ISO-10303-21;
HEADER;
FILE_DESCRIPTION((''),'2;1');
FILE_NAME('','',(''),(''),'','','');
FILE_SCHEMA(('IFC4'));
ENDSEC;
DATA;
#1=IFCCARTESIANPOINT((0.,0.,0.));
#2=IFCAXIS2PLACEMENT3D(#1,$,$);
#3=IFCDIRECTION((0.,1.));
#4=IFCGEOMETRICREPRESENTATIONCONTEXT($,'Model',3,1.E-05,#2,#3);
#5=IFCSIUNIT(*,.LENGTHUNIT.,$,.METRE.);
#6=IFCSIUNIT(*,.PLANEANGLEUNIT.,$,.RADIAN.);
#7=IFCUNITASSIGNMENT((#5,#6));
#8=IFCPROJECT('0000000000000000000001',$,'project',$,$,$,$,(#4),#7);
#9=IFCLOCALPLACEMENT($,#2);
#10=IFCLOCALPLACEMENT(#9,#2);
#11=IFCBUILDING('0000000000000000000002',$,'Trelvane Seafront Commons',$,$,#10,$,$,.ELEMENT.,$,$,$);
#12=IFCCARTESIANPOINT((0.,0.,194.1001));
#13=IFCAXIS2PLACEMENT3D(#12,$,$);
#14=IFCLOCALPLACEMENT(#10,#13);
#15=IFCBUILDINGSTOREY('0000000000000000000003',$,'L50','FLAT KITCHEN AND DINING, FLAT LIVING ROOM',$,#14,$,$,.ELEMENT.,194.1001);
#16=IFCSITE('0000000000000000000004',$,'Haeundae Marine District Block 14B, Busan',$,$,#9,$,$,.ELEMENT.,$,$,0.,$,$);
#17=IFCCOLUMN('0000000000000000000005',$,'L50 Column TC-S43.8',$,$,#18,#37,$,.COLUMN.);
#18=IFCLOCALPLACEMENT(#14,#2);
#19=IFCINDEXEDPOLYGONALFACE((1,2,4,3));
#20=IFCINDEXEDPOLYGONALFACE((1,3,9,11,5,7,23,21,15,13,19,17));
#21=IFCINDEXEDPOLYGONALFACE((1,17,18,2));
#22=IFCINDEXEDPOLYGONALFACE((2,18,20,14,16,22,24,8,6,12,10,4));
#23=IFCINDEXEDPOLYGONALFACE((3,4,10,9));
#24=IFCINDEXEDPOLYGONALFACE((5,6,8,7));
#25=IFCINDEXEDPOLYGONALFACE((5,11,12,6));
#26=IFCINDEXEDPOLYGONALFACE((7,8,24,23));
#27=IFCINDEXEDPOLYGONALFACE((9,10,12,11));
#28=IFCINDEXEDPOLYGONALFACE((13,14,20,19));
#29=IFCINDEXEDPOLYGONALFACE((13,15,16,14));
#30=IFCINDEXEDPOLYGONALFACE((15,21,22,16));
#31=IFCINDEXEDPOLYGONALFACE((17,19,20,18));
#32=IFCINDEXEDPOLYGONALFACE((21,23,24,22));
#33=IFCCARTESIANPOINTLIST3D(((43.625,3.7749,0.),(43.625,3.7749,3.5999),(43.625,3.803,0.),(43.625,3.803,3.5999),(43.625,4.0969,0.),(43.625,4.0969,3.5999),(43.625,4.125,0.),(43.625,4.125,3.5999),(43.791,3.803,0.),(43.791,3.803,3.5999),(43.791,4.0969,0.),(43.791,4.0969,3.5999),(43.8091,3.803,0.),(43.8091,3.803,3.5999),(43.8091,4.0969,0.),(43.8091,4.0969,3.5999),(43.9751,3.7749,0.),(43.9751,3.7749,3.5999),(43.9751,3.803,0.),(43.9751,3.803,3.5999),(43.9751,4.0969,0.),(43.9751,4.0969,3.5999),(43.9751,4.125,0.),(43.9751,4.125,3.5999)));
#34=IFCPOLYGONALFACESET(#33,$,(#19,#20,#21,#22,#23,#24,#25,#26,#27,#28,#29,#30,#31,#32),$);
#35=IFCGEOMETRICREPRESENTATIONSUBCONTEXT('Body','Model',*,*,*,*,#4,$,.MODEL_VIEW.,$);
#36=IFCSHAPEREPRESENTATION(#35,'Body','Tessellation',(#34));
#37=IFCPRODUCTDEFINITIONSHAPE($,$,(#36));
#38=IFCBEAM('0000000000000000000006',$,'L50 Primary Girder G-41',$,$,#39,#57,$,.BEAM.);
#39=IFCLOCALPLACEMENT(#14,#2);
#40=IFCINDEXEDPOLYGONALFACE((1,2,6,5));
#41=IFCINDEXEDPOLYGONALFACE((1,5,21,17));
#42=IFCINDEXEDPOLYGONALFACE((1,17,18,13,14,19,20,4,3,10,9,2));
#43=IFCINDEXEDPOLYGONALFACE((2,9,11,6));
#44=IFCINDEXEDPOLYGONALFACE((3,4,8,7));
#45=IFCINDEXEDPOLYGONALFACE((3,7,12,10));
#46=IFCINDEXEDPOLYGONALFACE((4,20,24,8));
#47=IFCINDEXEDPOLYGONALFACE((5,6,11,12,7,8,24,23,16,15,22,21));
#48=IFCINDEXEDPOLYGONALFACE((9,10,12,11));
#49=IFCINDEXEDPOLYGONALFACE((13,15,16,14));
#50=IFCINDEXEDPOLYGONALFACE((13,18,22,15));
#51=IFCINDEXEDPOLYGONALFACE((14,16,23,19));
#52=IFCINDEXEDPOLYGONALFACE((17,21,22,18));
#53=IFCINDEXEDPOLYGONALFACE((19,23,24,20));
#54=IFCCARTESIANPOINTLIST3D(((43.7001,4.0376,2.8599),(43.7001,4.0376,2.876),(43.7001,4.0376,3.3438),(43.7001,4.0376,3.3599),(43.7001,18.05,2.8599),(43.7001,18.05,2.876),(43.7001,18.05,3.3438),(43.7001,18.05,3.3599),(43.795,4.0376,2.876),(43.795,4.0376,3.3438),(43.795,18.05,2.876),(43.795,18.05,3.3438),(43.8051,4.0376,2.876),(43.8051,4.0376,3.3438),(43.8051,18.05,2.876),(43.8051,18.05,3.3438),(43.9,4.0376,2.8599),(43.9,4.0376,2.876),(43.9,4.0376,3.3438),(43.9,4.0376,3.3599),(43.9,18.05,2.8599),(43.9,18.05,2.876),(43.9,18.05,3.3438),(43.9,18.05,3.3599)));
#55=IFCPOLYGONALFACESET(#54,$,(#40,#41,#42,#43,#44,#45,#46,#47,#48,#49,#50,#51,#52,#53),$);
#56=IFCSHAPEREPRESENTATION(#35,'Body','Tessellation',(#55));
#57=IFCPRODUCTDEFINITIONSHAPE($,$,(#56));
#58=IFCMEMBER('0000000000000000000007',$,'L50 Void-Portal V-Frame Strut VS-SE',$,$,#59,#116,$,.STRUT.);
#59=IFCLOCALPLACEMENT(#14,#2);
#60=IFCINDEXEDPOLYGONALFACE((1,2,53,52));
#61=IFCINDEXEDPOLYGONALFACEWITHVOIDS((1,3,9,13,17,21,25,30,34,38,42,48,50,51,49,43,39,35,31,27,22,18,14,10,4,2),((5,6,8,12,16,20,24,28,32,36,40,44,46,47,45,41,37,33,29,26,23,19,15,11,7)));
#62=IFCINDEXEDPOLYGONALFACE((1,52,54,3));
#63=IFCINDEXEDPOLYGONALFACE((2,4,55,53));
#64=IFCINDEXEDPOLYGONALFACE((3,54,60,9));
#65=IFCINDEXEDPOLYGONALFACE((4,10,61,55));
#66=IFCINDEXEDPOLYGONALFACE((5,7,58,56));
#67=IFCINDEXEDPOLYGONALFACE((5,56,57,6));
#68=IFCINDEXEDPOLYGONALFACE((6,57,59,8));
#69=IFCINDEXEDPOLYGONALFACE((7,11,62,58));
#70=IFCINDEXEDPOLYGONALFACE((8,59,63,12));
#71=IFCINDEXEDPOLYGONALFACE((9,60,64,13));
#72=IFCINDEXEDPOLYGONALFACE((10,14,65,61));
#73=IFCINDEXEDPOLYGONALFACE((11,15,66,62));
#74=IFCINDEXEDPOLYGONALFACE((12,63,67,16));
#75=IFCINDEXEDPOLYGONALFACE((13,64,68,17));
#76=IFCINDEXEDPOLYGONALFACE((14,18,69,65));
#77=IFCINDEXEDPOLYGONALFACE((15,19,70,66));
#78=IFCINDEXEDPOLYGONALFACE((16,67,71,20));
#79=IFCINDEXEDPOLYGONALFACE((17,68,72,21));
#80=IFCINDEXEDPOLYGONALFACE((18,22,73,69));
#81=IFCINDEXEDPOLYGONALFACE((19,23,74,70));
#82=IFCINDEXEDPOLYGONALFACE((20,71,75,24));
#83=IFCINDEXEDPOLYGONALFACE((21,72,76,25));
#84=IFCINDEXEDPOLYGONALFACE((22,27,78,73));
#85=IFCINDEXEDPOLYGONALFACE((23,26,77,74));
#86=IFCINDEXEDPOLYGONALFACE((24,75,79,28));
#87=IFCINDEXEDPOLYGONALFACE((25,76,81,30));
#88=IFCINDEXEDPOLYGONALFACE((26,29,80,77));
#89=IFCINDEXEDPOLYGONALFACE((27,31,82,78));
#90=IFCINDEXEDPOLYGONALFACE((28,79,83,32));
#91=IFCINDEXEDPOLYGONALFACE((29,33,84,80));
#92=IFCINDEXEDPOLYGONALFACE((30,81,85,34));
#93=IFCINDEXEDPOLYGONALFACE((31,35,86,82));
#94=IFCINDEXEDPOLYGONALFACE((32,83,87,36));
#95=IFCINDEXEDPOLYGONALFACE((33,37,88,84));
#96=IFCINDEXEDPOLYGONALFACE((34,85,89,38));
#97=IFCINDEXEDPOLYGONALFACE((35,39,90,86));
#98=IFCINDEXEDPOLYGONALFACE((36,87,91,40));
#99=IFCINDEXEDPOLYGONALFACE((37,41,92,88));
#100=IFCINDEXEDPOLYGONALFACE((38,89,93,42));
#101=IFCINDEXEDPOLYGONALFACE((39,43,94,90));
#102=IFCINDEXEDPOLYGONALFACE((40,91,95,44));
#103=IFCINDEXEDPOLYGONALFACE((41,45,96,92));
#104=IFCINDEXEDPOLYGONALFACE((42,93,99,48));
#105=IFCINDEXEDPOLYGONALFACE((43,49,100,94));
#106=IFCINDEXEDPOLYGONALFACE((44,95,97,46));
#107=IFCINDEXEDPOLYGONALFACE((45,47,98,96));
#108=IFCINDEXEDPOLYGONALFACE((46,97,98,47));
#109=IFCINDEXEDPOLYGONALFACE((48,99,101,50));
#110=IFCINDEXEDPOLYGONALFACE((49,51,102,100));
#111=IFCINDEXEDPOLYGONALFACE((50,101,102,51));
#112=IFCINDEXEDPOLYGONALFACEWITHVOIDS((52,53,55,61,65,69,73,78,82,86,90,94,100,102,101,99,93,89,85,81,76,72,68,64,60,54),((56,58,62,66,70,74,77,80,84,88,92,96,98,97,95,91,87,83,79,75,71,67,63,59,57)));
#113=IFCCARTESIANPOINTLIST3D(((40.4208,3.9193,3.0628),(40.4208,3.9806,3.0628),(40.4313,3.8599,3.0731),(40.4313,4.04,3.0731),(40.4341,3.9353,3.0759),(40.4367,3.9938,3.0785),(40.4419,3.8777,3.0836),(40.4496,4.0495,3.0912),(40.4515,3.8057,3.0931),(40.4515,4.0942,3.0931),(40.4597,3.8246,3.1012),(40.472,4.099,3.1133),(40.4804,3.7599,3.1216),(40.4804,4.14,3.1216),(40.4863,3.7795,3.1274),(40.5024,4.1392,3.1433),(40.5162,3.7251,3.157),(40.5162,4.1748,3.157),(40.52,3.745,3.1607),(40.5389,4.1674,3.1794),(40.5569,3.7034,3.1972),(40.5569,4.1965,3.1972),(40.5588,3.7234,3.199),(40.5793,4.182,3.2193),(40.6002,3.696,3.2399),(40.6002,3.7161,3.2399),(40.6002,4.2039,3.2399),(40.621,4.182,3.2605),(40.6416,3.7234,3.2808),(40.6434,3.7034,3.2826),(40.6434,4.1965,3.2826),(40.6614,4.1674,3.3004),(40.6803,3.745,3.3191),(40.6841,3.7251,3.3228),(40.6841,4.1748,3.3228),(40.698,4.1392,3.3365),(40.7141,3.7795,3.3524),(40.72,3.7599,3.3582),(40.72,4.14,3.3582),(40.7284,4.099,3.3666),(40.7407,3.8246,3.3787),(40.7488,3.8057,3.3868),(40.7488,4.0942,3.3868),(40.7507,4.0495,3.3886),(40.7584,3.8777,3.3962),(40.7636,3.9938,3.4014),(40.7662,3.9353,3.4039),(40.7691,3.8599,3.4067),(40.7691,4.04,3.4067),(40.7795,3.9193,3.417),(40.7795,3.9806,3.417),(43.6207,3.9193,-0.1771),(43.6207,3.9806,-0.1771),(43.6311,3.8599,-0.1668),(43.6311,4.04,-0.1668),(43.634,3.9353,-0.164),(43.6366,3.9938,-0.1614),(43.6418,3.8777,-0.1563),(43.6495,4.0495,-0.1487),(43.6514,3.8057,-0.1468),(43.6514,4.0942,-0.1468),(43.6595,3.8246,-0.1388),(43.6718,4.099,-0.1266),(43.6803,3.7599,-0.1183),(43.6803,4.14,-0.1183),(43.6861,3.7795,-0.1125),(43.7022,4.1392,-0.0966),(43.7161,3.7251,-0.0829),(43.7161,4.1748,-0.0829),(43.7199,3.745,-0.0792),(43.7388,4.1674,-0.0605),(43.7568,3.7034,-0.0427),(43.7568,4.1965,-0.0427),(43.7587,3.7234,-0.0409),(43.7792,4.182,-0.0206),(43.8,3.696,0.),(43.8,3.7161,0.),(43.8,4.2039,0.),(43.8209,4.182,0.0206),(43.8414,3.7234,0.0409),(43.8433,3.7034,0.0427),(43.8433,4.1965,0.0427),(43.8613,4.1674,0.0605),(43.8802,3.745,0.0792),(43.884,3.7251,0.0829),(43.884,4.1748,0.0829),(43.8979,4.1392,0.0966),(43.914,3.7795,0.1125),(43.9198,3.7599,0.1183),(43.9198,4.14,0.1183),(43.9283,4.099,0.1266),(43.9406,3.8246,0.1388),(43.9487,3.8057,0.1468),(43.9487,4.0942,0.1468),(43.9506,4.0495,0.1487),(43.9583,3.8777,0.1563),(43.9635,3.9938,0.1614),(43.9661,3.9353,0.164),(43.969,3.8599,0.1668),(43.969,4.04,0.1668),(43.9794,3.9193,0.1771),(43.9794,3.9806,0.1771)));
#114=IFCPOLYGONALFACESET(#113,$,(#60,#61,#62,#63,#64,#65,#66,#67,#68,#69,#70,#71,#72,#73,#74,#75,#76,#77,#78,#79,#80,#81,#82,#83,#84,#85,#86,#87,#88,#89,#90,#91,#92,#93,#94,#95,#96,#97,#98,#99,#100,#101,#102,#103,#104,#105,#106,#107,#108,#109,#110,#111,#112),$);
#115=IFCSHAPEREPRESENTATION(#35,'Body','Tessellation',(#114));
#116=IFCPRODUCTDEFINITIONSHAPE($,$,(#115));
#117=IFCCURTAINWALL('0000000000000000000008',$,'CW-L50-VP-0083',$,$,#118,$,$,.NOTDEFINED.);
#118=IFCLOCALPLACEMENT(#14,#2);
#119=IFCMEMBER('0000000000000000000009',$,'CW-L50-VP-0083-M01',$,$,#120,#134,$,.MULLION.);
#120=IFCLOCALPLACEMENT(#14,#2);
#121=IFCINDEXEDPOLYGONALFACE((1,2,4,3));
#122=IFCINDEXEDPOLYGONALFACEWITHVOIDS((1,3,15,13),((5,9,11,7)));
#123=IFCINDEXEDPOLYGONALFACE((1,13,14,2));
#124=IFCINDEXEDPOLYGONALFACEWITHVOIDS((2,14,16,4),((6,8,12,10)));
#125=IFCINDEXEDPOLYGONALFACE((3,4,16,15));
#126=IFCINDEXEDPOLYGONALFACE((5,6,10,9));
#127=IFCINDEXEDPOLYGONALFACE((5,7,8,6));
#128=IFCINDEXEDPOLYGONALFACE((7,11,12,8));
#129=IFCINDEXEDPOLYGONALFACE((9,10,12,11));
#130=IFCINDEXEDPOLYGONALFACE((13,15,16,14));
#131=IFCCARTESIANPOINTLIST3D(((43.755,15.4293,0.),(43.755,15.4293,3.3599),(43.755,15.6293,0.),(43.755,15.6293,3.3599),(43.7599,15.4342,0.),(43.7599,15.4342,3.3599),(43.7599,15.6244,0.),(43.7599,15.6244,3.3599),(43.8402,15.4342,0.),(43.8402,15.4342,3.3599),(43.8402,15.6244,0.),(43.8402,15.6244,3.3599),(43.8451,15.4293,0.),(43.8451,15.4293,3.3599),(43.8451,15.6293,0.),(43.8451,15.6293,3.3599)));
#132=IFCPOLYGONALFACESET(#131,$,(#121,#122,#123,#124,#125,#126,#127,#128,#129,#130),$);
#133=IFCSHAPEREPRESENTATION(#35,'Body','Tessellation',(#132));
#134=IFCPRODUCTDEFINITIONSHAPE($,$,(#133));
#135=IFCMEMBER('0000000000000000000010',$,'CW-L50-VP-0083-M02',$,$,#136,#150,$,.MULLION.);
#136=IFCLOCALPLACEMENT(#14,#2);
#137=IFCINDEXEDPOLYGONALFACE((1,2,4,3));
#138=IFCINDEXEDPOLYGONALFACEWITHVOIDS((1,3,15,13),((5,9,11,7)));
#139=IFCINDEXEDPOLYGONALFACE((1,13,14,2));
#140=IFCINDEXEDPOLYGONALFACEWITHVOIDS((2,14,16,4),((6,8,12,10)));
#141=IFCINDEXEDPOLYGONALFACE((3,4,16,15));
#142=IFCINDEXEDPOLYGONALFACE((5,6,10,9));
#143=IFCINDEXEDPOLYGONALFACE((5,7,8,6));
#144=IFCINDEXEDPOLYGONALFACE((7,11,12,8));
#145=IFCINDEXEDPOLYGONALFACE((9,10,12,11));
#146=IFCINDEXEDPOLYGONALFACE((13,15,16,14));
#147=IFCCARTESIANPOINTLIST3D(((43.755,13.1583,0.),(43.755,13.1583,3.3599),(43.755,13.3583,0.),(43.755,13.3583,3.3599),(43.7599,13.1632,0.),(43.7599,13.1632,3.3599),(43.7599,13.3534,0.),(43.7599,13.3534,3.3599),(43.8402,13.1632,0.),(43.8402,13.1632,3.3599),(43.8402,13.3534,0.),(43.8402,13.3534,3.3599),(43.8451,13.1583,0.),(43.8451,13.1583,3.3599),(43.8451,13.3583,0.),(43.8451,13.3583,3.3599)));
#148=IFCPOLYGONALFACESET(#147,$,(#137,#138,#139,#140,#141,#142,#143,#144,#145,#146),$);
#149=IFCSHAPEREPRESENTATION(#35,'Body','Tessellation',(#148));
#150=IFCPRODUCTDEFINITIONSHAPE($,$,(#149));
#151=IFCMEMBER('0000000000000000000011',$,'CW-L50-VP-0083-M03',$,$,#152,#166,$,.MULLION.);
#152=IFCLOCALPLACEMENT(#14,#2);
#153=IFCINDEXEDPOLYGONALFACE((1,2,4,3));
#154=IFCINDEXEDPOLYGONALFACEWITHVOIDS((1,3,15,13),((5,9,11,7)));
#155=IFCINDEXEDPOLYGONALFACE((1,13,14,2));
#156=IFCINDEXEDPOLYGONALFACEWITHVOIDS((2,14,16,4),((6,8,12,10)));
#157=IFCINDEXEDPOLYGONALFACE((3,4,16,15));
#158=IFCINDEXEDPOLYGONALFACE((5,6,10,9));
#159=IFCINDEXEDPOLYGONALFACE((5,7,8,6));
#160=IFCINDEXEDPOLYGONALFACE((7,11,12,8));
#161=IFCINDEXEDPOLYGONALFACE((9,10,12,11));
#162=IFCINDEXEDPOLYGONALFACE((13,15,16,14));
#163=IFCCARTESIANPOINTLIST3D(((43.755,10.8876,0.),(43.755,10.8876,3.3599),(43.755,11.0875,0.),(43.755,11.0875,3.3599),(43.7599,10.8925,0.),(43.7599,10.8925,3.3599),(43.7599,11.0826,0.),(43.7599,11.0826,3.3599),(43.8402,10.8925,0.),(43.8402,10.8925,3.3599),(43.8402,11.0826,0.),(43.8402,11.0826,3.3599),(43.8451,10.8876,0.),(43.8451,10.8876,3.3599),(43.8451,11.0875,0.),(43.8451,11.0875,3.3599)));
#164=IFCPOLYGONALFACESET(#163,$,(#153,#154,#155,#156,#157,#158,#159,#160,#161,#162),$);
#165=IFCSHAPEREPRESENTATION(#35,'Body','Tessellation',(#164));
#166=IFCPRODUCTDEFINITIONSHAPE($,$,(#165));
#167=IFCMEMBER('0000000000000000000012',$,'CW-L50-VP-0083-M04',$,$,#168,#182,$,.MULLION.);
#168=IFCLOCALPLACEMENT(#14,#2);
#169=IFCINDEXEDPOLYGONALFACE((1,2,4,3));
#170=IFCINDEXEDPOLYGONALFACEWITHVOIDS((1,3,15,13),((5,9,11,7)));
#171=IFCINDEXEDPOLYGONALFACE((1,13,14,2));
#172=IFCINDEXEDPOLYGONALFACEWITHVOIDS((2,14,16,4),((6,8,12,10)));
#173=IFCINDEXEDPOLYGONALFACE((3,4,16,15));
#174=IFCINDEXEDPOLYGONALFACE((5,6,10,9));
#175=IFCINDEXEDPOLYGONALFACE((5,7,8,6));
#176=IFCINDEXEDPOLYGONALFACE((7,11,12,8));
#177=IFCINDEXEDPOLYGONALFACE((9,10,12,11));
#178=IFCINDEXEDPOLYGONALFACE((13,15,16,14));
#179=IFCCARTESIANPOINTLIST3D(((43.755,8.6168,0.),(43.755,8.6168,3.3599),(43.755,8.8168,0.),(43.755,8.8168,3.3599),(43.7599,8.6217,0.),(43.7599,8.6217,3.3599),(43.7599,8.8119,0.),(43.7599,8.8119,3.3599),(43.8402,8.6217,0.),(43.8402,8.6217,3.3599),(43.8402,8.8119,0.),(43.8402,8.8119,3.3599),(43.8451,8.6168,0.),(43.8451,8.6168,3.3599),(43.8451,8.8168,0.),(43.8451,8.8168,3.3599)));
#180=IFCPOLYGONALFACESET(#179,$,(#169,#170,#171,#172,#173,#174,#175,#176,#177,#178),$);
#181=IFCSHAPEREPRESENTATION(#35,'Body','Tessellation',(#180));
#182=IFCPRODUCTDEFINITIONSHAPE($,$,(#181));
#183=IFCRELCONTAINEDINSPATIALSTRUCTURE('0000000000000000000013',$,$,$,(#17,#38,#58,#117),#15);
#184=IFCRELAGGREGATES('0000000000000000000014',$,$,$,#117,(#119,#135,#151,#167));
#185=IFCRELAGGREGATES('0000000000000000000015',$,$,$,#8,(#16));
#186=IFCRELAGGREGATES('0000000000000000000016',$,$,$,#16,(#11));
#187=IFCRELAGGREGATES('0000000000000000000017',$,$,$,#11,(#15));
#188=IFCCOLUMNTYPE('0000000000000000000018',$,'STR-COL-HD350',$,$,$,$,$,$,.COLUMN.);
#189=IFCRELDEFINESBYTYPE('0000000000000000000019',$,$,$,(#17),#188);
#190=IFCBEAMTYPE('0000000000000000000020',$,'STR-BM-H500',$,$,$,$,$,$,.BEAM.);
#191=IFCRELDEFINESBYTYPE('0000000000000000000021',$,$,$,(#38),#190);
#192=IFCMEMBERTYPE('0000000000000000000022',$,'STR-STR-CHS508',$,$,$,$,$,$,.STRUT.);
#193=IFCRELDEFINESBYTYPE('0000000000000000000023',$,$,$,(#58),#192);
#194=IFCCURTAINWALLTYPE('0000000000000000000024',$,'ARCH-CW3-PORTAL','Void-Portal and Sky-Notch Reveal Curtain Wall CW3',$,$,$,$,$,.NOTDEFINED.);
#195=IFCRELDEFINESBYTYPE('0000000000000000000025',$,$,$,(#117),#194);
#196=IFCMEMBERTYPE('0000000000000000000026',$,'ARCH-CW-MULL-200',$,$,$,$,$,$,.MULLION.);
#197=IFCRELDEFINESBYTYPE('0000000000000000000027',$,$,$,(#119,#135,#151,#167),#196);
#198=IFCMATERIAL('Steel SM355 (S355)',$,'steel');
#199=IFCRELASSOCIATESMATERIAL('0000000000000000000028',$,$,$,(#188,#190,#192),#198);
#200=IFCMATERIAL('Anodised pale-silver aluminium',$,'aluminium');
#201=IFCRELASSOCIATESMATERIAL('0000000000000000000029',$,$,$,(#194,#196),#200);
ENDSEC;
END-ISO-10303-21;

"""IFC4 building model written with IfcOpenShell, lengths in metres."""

from ifc_helpers import new_model, si_unit, direction, frame, origin, origin_2d, place, context, subcontext, project, spatial, hollow_rectangle, hollow_circle, i_section, extrude, source, transform, mapped, material, material_profile, profile_set, type_object, element, aggregate, save


model = new_model("IFC4")

# Units and contexts
model_context = context("Model", 3, precision=1e-05, world=origin(), true_north=direction((0.0, 1.0)))
body_context = subcontext(model_context, "Body", "Model", "MODEL_VIEW")
ifc_project = project(units=[si_unit("LENGTHUNIT", "METRE"), si_unit("PLANEANGLEUNIT", "RADIAN")], contexts=[model_context])

# Site, building, storey
site_placement = place(None, origin())
site = spatial("IfcSite", under=ifc_project, at=site_placement, Name="Haeundae Marine District Block 14B, Busan", CompositionType="ELEMENT", RefElevation=0.0)
building_placement = place(site_placement, origin())
building = spatial("IfcBuilding", under=site, at=building_placement, Name="Trelvane Seafront Commons", CompositionType="ELEMENT")
storey_placement = place(building_placement, frame((0.0, 0.0, 194.1001)))
storey = spatial("IfcBuildingStorey", under=building, at=storey_placement, Name="L50", Description="FLAT KITCHEN AND DINING, FLAT LIVING ROOM", CompositionType="ELEMENT", Elevation=194.1001)

# Column
ifc_material_1 = material(Name="Steel SM355 (S355)", Category="steel")
ifc_material_profile_1 = material_profile(ifc_material_1, i_section(OverallWidth=0.3501, OverallDepth=0.3501, WebThickness=0.0181, FlangeThickness=0.0281, at=origin_2d()), Name="HD-350x350x18x28")
ifc_profile_set_1 = profile_set([ifc_material_profile_1], Name="Steel SM355 (S355)")
column_type = type_object("IfcColumnType", Name="STR-COL-HD350", PredefinedType="COLUMN", material=ifc_profile_set_1)
shared_shape_1 = source(origin(), body_context, "Body", "SweptSolid", [
    extrude(i_section(OverallWidth=0.3501, OverallDepth=0.3501, WebThickness=0.0181, FlangeThickness=0.0281, at=origin_2d()), origin(), (0.0, 0.0, 1.0), 3.5999),
])
column_placement = place(storey_placement, frame((43.8, 3.95, 0.0), z_axis=(0.0, 0.0, 1.0), x_axis=(1.0, 0.0, 0.0)))
element("IfcColumn", 1, at=column_placement, inside=storey, type_object=column_type, Name="L50 Column TC-S43.8", PredefinedType="COLUMN", context=body_context, shape_type="MappedRepresentation", body=[
    mapped(shared_shape_1, transform((0.0, 0.0, 0.0), x_axis=(1.0, 0.0, 0.0), y_axis=(0.0, 1.0, 0.0), z_axis=(0.0, 0.0, 1.0), scale=1.0)),
])

# Beam
ifc_material_profile_2 = material_profile(ifc_material_1, i_section(OverallWidth=0.2, OverallDepth=0.5, WebThickness=0.01, FlangeThickness=0.0161, at=origin_2d()), Name="H-500x200x10x16")
ifc_profile_set_2 = profile_set([ifc_material_profile_2], Name="Steel SM355 (S355)")
beam_type = type_object("IfcBeamType", Name="STR-BM-H500", PredefinedType="BEAM", material=ifc_profile_set_2)
shared_shape_2 = source(origin(), body_context, "Body", "SweptSolid", [
    extrude(i_section(OverallWidth=0.2, OverallDepth=0.5, WebThickness=0.01, FlangeThickness=0.0161, at=origin_2d()), origin(), (0.0, 0.0, 1.0), 14.0125),
])
beam_placement = place(storey_placement, frame((43.8, 4.0376, 3.1099), z_axis=(0.0, 1.0, 0.0), x_axis=(-1.0, 0.0, 0.0)))
element("IfcBeam", 2, at=beam_placement, inside=storey, type_object=beam_type, Name="L50 Primary Girder G-41", PredefinedType="BEAM", context=body_context, shape_type="MappedRepresentation", body=[
    mapped(shared_shape_2, transform((0.0, 0.0, 0.0), x_axis=(1.0, 0.0, 0.0), y_axis=(0.0, 1.0, 0.0), z_axis=(0.0, 0.0, 1.0), scale=1.0)),
])

# Member
ifc_material_profile_3 = material_profile(ifc_material_1, hollow_circle(Radius=0.2539, WallThickness=0.02, at=origin_2d()), Name="CHS-508x20")
ifc_profile_set_3 = profile_set([ifc_material_profile_3], Name="Steel SM355 (S355)")
member_type_1 = type_object("IfcMemberType", Name="STR-STR-CHS508", PredefinedType="STRUT", material=ifc_profile_set_3)
shared_shape_3 = source(origin(), body_context, "Body", "SweptSolid", [
    extrude(hollow_circle(Radius=0.2539, WallThickness=0.02, at=origin_2d()), origin(), (0.0, 0.0, 1.0), 4.5537),
])
member_1_placement = place(storey_placement, frame((43.8, 3.95, 0.0), z_axis=(-0.702697, 0.0, 0.711489), x_axis=(0.0, -1.0, 0.0)))
element("IfcMember", 3, at=member_1_placement, inside=storey, type_object=member_type_1, Name="L50 Void-Portal V-Frame Strut VS-SE", PredefinedType="STRUT", context=body_context, shape_type="MappedRepresentation", body=[
    mapped(shared_shape_3, transform((0.0, 0.0, 0.0), x_axis=(1.0, 0.0, 0.0), y_axis=(0.0, 1.0, 0.0), z_axis=(0.0, 0.0, 1.0), scale=1.0)),
])

# Curtain wall, members
ifc_material_2 = material(Name="Anodised pale-silver aluminium", Category="aluminium")
curtain_wall_type = type_object("IfcCurtainWallType", Name="ARCH-CW3-PORTAL", Description="Void-Portal and Sky-Notch Reveal Curtain Wall CW3", PredefinedType="NOTDEFINED", material=ifc_material_2)
curtain_wall_placement = place(storey_placement, origin())
curtain_wall = element("IfcCurtainWall", 4, at=curtain_wall_placement, inside=storey, type_object=curtain_wall_type, Name="CW-L50-VP-0083", PredefinedType="NOTDEFINED")
ifc_material_profile_4 = material_profile(ifc_material_2, hollow_rectangle(XDim=0.0901, YDim=0.2, WallThickness=0.0049, at=origin_2d()), Name="MULL-90x200x5")
ifc_profile_set_4 = profile_set([ifc_material_profile_4], Name="Anodised pale-silver aluminium")
member_type_2 = type_object("IfcMemberType", Name="ARCH-CW-MULL-200", PredefinedType="MULLION", material=ifc_profile_set_4)
shared_shape_4 = source(origin(), body_context, "Body", "SweptSolid", [
    extrude(hollow_rectangle(XDim=0.0901, YDim=0.2, WallThickness=0.0049, at=origin_2d()), origin(), (0.0, 0.0, 1.0), 3.3599),
])
member_2_placement = place(storey_placement, frame((43.8, 15.5293, 0.0), z_axis=(0.0, 0.0, 1.0), x_axis=(1.0, 0.0, 0.0)))
member_2 = element("IfcMember", 5, at=member_2_placement, type_object=member_type_2, Name="CW-L50-VP-0083-M01", PredefinedType="MULLION", context=body_context, shape_type="MappedRepresentation", body=[
    mapped(shared_shape_4, transform((0.0, 0.0, 0.0), x_axis=(1.0, 0.0, 0.0), y_axis=(0.0, 1.0, 0.0), z_axis=(0.0, 0.0, 1.0), scale=1.0)),
])
member_3_placement = place(storey_placement, frame((43.8, 13.2583, 0.0), z_axis=(0.0, 0.0, 1.0), x_axis=(1.0, 0.0, 0.0)))
member_3 = element("IfcMember", 6, at=member_3_placement, type_object=member_type_2, Name="CW-L50-VP-0083-M02", PredefinedType="MULLION", context=body_context, shape_type="MappedRepresentation", body=[
    mapped(shared_shape_4, transform((0.0, 0.0, 0.0), x_axis=(1.0, 0.0, 0.0), y_axis=(0.0, 1.0, 0.0), z_axis=(0.0, 0.0, 1.0), scale=1.0)),
])
member_4_placement = place(storey_placement, frame((43.8, 10.9875, 0.0), z_axis=(0.0, 0.0, 1.0), x_axis=(1.0, 0.0, 0.0)))
member_4 = element("IfcMember", 7, at=member_4_placement, type_object=member_type_2, Name="CW-L50-VP-0083-M03", PredefinedType="MULLION", context=body_context, shape_type="MappedRepresentation", body=[
    mapped(shared_shape_4, transform((0.0, 0.0, 0.0), x_axis=(1.0, 0.0, 0.0), y_axis=(0.0, 1.0, 0.0), z_axis=(0.0, 0.0, 1.0), scale=1.0)),
])
member_5_placement = place(storey_placement, frame((43.8, 8.7168, 0.0), z_axis=(0.0, 0.0, 1.0), x_axis=(1.0, 0.0, 0.0)))
member_5 = element("IfcMember", 8, at=member_5_placement, type_object=member_type_2, Name="CW-L50-VP-0083-M04", PredefinedType="MULLION", context=body_context, shape_type="MappedRepresentation", body=[
    mapped(shared_shape_4, transform((0.0, 0.0, 0.0), x_axis=(1.0, 0.0, 0.0), y_axis=(0.0, 1.0, 0.0), z_axis=(0.0, 0.0, 1.0), scale=1.0)),
])

aggregate(curtain_wall, [member_2, member_3, member_4, member_5])

save(model, "model.ifc")
